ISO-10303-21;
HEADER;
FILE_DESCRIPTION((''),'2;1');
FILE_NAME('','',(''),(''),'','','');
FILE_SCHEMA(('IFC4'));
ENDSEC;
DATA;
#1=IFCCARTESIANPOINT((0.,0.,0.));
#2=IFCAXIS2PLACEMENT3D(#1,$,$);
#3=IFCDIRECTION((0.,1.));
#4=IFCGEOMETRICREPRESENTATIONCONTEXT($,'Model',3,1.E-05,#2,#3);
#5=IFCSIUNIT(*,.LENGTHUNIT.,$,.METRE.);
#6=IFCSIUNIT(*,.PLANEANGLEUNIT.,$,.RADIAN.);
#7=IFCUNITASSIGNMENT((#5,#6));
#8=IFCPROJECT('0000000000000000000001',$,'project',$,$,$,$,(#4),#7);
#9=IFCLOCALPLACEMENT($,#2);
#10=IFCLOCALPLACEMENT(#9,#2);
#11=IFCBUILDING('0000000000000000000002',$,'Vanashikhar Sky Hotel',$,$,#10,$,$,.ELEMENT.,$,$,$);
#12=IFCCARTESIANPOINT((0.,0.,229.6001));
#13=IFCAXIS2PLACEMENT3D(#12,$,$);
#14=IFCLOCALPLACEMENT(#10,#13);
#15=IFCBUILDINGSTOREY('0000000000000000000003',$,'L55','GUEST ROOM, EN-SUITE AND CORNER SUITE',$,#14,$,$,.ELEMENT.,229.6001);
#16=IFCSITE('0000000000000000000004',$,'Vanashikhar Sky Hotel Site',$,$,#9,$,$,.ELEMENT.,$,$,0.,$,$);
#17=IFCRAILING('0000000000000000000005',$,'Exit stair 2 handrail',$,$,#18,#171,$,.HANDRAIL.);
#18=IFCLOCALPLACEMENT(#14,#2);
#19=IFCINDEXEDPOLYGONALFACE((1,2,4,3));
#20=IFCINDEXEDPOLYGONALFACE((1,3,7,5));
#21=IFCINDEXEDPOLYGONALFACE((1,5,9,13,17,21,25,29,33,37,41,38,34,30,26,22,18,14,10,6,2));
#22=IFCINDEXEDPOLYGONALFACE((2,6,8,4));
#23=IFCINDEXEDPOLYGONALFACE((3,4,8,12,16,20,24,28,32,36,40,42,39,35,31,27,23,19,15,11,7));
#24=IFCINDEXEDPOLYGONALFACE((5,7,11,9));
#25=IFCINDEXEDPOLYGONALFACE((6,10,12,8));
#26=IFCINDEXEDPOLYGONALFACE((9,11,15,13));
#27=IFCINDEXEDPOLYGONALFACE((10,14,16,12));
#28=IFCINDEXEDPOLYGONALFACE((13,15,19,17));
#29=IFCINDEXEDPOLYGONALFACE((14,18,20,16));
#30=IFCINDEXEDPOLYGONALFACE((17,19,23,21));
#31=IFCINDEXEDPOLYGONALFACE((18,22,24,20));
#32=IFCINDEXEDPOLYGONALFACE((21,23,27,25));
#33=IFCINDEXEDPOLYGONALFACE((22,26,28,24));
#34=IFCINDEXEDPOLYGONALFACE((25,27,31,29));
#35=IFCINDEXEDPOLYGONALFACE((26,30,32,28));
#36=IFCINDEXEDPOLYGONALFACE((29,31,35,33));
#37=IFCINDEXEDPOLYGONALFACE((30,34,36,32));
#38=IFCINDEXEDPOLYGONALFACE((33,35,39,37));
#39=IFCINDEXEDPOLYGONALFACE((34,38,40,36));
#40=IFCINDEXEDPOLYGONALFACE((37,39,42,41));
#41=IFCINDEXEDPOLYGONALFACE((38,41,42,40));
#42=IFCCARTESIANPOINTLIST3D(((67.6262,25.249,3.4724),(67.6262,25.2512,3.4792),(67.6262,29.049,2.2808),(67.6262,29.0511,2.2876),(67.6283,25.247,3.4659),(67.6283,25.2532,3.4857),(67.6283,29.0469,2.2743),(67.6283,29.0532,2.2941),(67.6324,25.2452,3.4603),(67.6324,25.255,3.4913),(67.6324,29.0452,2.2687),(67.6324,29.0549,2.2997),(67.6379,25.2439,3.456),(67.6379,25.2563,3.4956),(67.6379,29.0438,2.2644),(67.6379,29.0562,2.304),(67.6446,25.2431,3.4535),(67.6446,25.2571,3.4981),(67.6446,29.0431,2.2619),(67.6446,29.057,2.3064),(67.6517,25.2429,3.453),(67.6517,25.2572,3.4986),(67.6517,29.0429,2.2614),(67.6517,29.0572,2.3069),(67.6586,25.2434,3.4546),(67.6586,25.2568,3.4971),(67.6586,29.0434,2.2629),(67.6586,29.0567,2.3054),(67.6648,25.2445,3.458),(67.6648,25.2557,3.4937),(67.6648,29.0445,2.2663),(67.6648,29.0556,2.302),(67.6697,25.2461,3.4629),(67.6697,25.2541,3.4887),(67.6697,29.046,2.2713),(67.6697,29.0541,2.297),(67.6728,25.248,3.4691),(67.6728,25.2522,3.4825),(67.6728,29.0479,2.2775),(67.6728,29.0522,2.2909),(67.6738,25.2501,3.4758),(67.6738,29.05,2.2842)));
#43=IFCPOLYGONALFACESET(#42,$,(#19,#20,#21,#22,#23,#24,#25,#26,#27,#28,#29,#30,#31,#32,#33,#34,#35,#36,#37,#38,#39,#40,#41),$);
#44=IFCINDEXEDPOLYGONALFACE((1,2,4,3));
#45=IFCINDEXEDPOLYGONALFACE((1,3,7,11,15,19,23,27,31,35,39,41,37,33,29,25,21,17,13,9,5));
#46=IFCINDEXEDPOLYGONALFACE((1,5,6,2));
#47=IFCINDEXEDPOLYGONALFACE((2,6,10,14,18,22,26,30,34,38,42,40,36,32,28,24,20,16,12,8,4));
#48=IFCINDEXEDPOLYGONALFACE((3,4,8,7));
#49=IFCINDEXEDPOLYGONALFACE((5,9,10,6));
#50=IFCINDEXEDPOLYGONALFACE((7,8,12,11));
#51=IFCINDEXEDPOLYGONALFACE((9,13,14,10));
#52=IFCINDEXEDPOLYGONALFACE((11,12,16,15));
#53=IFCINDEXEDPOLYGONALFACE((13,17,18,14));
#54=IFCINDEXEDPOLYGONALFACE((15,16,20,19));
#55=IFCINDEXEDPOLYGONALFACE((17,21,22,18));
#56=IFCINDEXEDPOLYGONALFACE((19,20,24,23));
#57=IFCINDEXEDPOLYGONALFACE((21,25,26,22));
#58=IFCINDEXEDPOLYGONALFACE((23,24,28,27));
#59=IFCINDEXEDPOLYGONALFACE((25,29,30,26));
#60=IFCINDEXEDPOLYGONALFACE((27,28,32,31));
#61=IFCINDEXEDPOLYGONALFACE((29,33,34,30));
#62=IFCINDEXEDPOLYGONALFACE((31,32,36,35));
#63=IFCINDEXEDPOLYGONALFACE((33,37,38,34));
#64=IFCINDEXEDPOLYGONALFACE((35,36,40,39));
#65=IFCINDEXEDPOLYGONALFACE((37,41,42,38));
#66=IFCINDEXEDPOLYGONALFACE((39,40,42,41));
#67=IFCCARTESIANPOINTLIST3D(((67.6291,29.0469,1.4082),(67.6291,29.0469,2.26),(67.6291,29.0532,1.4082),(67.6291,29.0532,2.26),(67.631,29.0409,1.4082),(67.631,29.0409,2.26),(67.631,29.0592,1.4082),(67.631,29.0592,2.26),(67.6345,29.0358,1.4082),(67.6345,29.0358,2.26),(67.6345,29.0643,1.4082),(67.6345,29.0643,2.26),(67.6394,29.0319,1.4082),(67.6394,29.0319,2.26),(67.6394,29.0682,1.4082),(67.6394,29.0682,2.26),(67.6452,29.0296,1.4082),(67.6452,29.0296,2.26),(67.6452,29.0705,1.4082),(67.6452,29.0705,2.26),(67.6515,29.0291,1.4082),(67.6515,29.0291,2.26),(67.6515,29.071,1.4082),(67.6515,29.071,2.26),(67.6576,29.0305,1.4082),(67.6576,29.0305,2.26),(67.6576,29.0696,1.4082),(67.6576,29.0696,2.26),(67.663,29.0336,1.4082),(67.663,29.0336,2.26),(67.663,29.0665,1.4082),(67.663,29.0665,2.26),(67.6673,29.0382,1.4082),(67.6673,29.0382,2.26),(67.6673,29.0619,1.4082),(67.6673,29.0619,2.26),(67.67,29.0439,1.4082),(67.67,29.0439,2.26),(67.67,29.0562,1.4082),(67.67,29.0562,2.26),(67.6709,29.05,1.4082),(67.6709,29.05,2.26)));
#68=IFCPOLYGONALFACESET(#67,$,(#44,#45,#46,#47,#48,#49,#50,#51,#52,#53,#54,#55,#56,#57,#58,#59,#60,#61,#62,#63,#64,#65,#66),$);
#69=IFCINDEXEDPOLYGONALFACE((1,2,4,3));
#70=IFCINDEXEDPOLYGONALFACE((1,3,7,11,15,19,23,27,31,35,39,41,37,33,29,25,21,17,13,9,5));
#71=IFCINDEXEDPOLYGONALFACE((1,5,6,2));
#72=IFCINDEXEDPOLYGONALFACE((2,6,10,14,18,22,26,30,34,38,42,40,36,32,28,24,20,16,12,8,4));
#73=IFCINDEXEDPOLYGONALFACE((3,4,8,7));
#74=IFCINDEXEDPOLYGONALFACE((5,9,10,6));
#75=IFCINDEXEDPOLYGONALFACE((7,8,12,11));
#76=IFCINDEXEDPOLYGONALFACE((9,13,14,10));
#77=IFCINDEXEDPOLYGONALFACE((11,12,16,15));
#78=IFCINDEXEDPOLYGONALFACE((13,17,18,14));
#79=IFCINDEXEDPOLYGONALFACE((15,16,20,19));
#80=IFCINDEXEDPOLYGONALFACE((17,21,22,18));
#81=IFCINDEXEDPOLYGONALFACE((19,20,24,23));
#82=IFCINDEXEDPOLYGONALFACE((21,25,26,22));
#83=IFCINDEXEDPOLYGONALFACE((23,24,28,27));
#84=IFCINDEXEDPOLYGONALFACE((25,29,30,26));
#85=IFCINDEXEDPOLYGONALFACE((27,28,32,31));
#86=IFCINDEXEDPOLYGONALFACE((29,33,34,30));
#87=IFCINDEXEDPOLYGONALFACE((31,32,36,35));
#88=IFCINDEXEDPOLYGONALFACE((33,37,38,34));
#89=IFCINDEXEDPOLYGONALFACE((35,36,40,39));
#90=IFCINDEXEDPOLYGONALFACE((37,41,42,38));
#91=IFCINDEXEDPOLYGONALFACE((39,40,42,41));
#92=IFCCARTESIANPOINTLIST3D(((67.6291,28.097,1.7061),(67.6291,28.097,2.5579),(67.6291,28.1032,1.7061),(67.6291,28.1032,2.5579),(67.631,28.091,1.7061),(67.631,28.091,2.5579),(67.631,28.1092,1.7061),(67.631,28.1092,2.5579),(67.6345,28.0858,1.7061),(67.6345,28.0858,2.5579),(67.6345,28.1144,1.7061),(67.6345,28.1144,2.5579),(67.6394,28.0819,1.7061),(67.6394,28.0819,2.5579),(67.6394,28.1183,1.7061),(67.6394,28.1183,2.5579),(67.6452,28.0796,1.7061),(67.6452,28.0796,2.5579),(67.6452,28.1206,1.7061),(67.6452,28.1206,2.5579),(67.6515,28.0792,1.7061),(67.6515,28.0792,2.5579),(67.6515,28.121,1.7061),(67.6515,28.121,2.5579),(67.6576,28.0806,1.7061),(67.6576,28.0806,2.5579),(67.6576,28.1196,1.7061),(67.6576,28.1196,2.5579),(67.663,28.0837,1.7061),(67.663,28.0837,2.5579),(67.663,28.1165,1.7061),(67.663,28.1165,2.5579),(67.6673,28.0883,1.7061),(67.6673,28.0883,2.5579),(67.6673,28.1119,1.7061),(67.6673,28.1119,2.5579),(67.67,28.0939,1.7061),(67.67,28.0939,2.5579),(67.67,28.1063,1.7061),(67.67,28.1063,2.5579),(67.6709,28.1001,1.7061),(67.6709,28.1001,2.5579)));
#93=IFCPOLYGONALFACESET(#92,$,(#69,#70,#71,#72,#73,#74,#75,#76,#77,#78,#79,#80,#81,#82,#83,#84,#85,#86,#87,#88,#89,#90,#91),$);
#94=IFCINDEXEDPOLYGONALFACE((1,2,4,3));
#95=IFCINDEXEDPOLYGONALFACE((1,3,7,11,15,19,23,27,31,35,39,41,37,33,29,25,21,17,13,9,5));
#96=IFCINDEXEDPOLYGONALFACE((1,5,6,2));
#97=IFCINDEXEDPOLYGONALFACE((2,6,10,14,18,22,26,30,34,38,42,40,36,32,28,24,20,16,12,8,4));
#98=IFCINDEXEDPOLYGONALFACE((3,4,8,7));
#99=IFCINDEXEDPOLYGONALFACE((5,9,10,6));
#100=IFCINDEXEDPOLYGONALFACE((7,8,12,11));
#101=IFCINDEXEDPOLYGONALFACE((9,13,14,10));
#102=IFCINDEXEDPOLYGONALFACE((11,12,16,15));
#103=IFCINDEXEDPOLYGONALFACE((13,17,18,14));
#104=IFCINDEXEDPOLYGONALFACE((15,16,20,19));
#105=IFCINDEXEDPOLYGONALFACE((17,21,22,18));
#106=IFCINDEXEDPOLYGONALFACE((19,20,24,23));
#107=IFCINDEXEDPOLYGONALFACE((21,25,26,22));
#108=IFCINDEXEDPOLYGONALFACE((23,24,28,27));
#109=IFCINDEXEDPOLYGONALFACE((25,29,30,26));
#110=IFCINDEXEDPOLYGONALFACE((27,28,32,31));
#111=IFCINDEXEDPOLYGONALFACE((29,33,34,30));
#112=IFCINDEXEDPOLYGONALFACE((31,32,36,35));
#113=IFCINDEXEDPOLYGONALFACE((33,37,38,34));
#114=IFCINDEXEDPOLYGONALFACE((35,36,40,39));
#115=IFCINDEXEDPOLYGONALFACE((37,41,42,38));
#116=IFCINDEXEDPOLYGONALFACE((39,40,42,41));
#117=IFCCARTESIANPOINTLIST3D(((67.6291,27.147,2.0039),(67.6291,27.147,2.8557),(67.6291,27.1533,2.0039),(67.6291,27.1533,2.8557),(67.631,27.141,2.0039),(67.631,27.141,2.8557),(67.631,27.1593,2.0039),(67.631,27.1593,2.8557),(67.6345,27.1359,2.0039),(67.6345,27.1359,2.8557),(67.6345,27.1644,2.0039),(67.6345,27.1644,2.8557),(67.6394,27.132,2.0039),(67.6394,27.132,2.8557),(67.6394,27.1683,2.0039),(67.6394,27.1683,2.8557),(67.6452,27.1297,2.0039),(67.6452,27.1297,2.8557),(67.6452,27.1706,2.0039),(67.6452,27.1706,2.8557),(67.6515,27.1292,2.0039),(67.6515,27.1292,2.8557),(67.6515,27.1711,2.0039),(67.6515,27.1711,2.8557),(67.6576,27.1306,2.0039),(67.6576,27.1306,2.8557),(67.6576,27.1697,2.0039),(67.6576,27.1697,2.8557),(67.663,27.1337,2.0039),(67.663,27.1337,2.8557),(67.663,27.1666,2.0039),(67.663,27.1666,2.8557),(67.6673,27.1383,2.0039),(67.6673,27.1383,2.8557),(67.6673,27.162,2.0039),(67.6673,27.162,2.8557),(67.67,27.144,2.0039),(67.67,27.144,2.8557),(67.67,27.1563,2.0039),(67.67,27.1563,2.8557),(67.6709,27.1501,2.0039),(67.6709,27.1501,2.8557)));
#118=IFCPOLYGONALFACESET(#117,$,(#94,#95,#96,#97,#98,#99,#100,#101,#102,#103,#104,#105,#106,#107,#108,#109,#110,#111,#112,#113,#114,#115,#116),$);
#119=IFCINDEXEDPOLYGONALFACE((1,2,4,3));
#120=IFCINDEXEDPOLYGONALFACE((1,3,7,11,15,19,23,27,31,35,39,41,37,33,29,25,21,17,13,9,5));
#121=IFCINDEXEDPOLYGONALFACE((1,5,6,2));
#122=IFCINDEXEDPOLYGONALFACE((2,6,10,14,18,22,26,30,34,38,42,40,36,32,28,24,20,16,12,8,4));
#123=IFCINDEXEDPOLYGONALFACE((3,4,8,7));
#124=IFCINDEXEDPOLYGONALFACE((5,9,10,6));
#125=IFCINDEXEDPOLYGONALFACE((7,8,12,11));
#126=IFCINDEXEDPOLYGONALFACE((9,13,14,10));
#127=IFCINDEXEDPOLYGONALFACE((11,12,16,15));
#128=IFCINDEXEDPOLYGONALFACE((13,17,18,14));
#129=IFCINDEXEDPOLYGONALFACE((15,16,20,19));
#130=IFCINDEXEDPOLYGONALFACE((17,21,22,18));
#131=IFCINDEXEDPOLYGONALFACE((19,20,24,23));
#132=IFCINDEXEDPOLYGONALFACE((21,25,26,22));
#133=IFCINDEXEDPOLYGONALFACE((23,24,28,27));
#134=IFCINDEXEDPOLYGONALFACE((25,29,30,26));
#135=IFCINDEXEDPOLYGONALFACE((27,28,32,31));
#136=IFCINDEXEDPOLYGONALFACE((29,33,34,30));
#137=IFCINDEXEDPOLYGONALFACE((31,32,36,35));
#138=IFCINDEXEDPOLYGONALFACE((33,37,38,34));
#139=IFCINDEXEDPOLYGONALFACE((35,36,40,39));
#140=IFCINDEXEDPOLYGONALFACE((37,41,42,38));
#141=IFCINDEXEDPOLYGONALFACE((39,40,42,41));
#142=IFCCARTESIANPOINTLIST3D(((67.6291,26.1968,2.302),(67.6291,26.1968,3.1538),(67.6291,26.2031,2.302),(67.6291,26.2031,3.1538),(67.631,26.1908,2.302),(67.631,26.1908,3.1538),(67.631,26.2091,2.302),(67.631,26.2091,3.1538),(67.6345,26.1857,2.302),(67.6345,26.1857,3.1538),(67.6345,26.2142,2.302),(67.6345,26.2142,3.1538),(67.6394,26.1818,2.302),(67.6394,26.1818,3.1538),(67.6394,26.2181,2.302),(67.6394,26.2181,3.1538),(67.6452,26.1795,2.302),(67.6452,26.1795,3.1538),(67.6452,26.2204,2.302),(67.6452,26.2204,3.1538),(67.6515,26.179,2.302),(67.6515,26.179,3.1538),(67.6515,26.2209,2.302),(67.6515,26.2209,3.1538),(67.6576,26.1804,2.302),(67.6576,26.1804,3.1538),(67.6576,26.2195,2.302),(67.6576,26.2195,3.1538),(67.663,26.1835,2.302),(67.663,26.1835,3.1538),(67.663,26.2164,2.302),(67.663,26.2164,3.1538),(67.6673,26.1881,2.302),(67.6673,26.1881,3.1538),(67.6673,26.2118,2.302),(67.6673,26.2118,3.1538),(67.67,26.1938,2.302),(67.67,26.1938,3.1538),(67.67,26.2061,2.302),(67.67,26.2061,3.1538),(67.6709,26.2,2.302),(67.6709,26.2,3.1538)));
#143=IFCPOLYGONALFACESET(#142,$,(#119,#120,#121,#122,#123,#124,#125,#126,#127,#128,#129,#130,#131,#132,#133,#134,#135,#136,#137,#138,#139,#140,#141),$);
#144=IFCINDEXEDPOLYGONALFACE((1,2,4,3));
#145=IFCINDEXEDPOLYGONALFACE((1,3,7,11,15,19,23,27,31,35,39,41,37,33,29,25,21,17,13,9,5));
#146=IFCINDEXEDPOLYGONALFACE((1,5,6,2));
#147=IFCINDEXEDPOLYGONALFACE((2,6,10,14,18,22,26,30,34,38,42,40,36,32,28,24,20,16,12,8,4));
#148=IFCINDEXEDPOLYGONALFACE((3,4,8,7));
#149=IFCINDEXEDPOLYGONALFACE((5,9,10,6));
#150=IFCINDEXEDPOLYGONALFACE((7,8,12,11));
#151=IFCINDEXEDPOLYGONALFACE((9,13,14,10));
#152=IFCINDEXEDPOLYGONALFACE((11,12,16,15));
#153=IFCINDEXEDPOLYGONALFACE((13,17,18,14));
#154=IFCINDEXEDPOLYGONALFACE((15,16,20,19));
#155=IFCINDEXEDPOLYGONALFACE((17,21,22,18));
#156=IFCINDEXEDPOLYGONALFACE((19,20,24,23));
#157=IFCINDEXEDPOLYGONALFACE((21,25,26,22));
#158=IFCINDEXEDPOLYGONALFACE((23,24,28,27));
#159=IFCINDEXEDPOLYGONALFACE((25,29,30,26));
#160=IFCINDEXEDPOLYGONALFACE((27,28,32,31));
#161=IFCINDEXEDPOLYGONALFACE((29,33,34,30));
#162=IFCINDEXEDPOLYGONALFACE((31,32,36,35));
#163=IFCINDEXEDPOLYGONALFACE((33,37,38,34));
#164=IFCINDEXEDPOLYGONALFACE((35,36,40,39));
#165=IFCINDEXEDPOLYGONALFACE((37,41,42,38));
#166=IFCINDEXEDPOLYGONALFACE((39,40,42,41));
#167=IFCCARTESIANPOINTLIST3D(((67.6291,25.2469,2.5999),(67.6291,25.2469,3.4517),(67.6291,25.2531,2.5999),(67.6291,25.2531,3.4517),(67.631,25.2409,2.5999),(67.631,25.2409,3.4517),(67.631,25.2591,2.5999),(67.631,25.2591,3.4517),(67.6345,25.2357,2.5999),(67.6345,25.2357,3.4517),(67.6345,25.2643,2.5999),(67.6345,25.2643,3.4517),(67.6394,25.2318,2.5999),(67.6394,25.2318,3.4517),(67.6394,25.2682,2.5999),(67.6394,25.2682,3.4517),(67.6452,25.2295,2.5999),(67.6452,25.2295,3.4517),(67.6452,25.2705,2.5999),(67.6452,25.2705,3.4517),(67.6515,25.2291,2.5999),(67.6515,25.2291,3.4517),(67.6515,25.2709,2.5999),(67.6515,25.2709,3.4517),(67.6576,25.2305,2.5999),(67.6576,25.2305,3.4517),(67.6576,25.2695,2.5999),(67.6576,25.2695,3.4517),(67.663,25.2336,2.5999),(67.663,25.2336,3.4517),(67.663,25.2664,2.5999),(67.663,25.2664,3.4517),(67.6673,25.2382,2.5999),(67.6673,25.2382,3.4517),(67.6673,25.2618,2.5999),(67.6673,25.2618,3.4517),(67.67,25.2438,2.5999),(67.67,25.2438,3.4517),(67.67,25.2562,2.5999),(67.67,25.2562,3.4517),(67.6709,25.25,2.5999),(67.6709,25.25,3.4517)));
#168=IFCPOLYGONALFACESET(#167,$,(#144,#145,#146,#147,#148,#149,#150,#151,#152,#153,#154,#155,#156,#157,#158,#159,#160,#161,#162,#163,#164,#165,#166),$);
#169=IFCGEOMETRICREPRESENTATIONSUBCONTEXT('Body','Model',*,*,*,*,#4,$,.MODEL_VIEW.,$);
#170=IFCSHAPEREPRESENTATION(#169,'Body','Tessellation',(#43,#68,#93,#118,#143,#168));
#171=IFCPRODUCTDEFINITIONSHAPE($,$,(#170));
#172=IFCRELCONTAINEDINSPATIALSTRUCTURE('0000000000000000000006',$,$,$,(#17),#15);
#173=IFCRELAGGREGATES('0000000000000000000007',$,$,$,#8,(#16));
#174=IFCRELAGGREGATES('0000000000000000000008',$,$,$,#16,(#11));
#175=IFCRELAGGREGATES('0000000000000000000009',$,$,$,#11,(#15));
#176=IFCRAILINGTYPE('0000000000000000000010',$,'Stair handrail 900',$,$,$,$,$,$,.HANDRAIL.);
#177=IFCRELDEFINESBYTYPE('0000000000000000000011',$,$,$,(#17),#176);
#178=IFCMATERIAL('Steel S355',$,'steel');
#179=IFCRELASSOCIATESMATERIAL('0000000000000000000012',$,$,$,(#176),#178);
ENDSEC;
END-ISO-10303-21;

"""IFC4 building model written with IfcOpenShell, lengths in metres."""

from ifc_helpers import new_model, si_unit, direction, frame, origin, origin_2d, place, context, subcontext, project, spatial, circle, extrude, source, transform, mapped, material, type_object, element, save


model = new_model("IFC4")

# Units and contexts
model_context = context("Model", 3, precision=1e-05, world=origin(), true_north=direction((0.0, 1.0)))
body_context = subcontext(model_context, "Body", "Model", "MODEL_VIEW")
ifc_project = project(units=[si_unit("LENGTHUNIT", "METRE"), si_unit("PLANEANGLEUNIT", "RADIAN")], contexts=[model_context])

# Site, building, storey
site_placement = place(None, origin())
site = spatial("IfcSite", under=ifc_project, at=site_placement, Name="Vanashikhar Sky Hotel Site", CompositionType="ELEMENT", RefElevation=0.0)
building_placement = place(site_placement, origin())
building = spatial("IfcBuilding", under=site, at=building_placement, Name="Vanashikhar Sky Hotel", CompositionType="ELEMENT")
storey_placement = place(building_placement, frame((0.0, 0.0, 229.6001)))
storey = spatial("IfcBuildingStorey", under=building, at=storey_placement, Name="L55", Description="GUEST ROOM, EN-SUITE AND CORNER SUITE", CompositionType="ELEMENT", Elevation=229.6001)

# Railing
ifc_material_1 = material(Name="Steel S355", Category="steel")
railing_type_1 = type_object("IfcRailingType", Name="Stair handrail 900", PredefinedType="HANDRAIL", material=ifc_material_1)
shared_shape_1 = source(origin(), body_context, "Body", "SweptSolid", [
    extrude(circle(Radius=0.0239, at=origin_2d()), frame((0.0, 0.0, 0.876), z_axis=(0.0, -0.954184, 0.299221), x_axis=(1.0, 0.0, 0.0)), (0.0, 0.0, 1.0), 3.9824),
    extrude(circle(Radius=0.021, at=origin_2d()), origin(), (0.0, 0.0, 1.0), 0.8518),
    extrude(circle(Radius=0.021, at=origin_2d()), frame((0.0, -0.95, 0.2979)), (0.0, 0.0, 1.0), 0.8518),
    extrude(circle(Radius=0.021, at=origin_2d()), frame((0.0, -1.8999, 0.5957)), (0.0, 0.0, 1.0), 0.8518),
    extrude(circle(Radius=0.021, at=origin_2d()), frame((0.0, -2.8501, 0.8938)), (0.0, 0.0, 1.0), 0.8518),
    extrude(circle(Radius=0.021, at=origin_2d()), frame((0.0, -3.8, 1.1917)), (0.0, 0.0, 1.0), 0.8518),
])
for number, where, name in (
    (1, (67.6499, 29.05, 1.4082), "Exit stair 2 handrail"),
):
    element("IfcRailing", number, at=place(storey_placement, frame(where)), inside=storey, type_object=railing_type_1, Name=name, PredefinedType="HANDRAIL", context=body_context, shape_type="MappedRepresentation", body=[
        mapped(shared_shape_1, transform((0.0, 0.0, 0.0), scale=1.0)),
    ])

save(model, "model.ifc")
